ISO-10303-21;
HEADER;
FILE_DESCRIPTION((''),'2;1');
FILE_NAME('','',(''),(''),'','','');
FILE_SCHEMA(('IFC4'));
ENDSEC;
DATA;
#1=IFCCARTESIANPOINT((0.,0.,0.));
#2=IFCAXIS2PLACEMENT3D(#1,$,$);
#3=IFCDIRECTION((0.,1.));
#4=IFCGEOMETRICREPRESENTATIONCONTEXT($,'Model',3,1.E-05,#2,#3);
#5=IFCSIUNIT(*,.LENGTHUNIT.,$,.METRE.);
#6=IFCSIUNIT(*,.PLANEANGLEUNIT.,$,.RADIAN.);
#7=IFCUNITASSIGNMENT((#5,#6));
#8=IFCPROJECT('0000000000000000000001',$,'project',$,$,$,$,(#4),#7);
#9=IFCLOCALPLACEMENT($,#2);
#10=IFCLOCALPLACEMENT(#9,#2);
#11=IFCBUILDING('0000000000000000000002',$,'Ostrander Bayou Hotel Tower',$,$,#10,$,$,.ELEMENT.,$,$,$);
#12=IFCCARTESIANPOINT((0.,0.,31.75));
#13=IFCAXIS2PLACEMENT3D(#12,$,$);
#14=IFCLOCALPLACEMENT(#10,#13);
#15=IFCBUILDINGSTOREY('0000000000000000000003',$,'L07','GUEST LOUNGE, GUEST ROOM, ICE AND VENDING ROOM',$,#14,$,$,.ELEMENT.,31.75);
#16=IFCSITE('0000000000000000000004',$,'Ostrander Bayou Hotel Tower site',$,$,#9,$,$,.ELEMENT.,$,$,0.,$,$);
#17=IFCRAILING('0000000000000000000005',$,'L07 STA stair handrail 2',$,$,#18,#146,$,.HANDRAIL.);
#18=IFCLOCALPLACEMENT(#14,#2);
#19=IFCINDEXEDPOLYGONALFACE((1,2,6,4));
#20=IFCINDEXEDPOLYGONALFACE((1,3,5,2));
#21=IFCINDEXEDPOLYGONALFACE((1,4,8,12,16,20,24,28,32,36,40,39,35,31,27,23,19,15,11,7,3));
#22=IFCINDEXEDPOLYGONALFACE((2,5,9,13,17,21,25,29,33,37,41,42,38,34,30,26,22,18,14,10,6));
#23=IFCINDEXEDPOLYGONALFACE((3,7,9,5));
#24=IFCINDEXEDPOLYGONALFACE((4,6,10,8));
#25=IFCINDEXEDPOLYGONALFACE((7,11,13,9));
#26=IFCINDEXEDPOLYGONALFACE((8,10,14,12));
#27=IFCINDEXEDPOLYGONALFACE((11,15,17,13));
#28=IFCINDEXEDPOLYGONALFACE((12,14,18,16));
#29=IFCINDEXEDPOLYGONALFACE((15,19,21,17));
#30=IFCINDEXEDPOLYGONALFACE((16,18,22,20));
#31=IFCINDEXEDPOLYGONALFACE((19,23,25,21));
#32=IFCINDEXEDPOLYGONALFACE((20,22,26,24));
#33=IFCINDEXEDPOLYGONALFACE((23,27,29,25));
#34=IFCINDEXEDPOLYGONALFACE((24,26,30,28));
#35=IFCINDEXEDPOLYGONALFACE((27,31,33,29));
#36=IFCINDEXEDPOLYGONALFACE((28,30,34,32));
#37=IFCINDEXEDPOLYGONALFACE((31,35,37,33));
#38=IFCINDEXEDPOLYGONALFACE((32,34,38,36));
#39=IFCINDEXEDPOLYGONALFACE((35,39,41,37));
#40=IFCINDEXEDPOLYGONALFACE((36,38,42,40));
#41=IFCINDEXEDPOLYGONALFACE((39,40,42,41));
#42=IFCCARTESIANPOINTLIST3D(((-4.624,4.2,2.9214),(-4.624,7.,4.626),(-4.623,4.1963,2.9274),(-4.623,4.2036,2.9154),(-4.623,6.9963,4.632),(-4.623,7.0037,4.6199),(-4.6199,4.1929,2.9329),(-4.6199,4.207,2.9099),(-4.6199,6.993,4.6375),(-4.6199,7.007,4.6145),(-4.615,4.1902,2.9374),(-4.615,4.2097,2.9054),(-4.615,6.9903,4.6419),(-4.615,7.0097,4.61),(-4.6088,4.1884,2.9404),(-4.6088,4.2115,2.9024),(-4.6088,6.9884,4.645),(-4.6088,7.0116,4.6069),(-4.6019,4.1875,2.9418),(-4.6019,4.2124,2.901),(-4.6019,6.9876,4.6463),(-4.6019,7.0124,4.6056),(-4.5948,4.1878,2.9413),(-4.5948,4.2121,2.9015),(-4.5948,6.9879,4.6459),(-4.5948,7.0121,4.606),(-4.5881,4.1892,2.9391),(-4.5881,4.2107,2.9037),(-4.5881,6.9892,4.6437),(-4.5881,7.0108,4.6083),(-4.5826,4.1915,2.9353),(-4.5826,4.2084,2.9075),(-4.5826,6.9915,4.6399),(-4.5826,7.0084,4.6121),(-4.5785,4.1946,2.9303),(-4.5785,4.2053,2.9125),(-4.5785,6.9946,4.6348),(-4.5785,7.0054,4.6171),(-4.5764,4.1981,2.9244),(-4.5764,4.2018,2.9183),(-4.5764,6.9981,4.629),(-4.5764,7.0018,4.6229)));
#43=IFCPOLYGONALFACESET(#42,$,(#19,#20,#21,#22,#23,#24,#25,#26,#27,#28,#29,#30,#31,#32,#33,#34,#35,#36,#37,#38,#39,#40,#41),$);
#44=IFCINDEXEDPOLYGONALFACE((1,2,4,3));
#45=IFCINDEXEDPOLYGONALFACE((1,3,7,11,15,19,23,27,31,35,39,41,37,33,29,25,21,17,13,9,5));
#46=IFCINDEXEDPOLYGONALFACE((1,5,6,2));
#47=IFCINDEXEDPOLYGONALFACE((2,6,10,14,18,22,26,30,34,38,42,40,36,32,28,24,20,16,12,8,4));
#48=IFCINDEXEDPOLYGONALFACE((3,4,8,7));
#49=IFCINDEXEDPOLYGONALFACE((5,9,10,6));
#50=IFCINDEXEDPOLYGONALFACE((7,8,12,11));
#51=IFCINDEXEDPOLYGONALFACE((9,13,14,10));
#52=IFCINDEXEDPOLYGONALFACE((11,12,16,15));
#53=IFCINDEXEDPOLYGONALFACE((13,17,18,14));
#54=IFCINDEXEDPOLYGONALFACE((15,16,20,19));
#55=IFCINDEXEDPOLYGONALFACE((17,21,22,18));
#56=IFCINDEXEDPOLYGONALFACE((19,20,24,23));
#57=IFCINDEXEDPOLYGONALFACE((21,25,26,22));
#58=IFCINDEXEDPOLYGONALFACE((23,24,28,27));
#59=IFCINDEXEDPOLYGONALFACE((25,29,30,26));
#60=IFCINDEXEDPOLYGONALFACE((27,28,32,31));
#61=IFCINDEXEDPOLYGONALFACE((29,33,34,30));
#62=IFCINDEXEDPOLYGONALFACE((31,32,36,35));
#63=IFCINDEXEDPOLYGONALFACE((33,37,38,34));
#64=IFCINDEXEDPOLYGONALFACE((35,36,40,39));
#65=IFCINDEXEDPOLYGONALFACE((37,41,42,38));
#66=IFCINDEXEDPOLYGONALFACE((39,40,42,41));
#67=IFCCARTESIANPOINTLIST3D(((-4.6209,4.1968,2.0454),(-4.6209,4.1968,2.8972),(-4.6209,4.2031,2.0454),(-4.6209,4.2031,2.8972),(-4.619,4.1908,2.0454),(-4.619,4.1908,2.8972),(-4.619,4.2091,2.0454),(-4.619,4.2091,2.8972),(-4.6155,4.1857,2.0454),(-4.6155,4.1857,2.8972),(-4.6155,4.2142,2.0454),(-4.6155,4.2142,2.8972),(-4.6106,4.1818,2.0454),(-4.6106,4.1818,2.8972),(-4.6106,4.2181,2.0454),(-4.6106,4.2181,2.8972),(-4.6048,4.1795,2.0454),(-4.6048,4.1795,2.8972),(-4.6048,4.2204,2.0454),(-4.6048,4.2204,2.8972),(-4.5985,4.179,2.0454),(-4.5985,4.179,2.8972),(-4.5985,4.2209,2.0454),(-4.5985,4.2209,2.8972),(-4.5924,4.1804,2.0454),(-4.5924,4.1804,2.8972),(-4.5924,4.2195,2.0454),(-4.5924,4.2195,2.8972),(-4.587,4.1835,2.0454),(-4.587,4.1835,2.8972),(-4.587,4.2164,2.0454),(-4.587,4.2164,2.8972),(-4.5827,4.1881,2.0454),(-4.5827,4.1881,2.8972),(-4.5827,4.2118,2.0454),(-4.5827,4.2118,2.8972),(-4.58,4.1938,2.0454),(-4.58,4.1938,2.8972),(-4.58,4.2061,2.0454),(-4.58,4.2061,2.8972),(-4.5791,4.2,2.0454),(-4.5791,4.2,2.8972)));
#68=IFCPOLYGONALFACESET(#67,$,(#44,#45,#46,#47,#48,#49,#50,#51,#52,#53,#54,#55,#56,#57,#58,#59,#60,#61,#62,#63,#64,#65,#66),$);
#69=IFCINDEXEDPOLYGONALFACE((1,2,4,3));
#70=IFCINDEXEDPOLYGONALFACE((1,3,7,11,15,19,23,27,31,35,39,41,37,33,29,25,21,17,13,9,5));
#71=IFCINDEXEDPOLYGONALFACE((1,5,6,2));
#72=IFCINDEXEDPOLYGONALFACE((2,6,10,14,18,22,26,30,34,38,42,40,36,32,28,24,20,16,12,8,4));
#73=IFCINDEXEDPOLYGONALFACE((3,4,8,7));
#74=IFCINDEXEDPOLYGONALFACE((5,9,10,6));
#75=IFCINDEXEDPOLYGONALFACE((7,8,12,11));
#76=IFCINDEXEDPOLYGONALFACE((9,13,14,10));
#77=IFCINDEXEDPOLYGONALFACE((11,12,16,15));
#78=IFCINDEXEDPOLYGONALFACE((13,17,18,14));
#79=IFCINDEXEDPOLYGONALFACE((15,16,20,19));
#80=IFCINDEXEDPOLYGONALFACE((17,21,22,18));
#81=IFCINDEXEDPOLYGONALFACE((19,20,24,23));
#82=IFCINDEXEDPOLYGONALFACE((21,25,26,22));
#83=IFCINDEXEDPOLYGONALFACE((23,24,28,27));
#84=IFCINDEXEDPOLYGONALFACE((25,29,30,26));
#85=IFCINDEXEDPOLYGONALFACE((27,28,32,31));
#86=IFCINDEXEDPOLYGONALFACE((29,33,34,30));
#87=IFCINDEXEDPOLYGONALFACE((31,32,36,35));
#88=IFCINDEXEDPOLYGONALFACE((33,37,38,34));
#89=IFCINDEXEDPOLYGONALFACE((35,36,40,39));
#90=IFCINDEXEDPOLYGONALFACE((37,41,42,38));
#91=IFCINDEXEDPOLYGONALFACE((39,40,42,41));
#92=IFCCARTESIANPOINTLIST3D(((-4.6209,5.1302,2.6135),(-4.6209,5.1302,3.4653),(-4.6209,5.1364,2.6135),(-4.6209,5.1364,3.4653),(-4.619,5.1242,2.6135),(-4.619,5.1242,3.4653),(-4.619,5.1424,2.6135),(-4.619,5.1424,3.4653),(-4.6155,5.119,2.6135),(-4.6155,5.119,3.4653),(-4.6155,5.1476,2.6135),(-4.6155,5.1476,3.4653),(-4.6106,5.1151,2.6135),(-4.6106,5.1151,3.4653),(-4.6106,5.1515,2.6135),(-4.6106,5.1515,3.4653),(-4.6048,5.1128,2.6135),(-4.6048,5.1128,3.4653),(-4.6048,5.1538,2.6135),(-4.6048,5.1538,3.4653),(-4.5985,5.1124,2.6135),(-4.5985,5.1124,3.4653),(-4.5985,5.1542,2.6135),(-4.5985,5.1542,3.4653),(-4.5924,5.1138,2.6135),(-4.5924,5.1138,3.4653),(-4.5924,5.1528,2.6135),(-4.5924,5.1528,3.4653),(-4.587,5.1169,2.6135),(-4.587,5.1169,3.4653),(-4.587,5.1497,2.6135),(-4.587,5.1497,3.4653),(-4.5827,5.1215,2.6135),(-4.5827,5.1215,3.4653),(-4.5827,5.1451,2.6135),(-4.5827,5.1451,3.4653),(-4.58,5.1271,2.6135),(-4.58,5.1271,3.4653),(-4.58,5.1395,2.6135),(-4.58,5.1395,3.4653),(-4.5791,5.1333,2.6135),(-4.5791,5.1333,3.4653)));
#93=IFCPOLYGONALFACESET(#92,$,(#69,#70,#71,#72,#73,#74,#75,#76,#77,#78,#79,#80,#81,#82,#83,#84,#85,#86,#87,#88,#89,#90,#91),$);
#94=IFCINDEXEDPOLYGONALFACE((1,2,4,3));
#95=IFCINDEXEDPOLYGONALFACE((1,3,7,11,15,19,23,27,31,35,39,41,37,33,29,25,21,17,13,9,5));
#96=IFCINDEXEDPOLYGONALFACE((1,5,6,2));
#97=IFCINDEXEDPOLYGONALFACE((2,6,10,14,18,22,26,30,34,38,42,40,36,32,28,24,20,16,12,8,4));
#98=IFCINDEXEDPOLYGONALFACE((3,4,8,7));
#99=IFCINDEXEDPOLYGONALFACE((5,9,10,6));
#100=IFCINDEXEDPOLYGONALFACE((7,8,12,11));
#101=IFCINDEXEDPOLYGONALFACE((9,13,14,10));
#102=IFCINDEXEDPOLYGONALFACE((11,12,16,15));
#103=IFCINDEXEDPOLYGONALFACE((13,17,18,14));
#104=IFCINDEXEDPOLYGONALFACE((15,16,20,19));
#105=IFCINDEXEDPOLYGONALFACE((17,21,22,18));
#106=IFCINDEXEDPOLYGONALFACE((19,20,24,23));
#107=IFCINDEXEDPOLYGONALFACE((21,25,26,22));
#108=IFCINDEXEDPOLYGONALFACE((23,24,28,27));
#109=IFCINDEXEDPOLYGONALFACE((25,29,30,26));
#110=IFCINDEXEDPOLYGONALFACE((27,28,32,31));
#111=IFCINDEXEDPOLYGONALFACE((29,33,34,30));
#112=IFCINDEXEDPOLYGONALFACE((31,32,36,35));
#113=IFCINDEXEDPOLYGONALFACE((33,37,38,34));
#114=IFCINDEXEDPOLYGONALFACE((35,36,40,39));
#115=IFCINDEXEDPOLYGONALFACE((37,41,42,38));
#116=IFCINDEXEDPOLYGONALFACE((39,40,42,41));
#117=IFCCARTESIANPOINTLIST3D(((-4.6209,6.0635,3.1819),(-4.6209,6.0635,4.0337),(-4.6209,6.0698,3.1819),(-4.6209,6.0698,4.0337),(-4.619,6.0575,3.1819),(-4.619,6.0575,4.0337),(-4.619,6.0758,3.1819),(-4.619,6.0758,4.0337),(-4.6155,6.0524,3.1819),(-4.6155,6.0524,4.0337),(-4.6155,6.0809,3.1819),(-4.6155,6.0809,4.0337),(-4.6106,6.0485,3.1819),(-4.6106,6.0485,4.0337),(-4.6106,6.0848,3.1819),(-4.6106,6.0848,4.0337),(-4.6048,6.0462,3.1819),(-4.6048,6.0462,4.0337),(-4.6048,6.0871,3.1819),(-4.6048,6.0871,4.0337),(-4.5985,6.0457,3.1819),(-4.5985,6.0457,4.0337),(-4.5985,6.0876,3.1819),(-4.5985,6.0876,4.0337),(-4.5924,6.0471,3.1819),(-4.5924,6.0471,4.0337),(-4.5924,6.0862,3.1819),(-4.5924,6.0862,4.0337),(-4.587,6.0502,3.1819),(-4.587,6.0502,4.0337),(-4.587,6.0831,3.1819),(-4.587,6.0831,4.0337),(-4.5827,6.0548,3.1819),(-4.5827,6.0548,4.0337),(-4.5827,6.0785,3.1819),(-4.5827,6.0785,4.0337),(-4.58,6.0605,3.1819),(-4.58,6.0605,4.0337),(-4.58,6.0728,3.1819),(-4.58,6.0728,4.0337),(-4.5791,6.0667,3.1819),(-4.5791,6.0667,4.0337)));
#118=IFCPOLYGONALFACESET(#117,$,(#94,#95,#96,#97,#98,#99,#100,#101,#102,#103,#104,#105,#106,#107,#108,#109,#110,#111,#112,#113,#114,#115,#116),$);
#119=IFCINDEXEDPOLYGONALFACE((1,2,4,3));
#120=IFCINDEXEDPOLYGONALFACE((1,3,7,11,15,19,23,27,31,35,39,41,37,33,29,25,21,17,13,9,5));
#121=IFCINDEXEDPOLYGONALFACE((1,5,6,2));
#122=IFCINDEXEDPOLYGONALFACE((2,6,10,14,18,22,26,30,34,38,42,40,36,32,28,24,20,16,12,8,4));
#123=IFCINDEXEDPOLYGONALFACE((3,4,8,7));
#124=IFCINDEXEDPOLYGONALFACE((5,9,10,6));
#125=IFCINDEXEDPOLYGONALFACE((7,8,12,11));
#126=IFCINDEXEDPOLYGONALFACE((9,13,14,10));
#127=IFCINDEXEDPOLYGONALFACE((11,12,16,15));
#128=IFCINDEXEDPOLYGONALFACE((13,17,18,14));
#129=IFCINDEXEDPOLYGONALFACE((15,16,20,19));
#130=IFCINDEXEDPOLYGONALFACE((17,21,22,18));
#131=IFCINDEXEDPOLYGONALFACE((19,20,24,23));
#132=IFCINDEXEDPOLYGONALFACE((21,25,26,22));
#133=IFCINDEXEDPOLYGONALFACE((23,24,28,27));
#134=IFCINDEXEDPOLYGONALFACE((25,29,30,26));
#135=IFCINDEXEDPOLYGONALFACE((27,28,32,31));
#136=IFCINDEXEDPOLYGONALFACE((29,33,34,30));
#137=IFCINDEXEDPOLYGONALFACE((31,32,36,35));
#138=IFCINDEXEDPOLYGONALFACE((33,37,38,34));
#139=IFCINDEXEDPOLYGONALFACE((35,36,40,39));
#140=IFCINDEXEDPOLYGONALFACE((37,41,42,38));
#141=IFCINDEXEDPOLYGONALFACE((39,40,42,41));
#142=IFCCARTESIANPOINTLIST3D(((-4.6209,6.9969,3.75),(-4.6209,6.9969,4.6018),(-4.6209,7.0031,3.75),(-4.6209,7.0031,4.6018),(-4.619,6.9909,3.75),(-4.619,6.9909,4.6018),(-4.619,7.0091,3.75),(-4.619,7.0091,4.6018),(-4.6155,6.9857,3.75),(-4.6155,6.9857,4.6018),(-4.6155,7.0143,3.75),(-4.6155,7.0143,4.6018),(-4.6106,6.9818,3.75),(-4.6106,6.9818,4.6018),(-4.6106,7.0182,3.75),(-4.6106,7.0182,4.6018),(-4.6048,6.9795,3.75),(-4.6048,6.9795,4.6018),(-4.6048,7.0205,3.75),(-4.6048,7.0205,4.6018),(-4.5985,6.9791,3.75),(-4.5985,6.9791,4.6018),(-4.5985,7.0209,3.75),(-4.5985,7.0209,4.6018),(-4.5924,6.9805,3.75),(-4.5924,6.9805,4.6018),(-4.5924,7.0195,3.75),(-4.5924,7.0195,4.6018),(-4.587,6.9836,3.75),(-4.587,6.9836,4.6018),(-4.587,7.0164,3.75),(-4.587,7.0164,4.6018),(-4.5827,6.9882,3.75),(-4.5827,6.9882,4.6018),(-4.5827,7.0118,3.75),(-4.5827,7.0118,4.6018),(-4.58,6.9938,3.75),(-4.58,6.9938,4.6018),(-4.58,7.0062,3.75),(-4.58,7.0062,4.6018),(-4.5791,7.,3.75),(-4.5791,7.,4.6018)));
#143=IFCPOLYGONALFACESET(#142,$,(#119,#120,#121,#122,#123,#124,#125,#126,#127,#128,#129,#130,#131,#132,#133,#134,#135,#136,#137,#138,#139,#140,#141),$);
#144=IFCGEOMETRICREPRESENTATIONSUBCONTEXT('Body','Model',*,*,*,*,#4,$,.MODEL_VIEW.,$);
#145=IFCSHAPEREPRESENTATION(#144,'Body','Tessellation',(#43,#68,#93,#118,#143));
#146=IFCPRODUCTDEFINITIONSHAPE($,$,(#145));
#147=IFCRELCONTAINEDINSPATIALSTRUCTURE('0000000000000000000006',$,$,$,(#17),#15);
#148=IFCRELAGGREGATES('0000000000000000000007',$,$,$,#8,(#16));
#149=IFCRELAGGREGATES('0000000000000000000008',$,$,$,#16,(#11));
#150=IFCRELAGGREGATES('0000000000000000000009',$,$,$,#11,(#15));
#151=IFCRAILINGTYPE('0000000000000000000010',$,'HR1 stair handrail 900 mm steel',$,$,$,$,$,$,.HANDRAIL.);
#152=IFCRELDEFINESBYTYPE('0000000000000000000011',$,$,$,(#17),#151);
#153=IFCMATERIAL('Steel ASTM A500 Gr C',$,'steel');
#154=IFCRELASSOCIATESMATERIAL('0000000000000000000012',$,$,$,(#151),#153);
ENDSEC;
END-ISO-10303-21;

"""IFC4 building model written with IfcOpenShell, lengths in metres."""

from ifc_helpers import new_model, si_unit, direction, frame, origin, origin_2d, place, context, subcontext, project, spatial, circle, extrude, material, type_object, element, save


model = new_model("IFC4")

# Units and contexts
model_context = context("Model", 3, precision=1e-05, world=origin(), true_north=direction((0.0, 1.0)))
body_context = subcontext(model_context, "Body", "Model", "MODEL_VIEW")
ifc_project = project(units=[si_unit("LENGTHUNIT", "METRE"), si_unit("PLANEANGLEUNIT", "RADIAN")], contexts=[model_context])

# Site, building, storey
site_placement = place(None, origin())
site = spatial("IfcSite", under=ifc_project, at=site_placement, Name="Ostrander Bayou Hotel Tower site", CompositionType="ELEMENT", RefElevation=0.0)
building_placement = place(site_placement, origin())
building = spatial("IfcBuilding", under=site, at=building_placement, Name="Ostrander Bayou Hotel Tower", CompositionType="ELEMENT")
storey_placement = place(building_placement, frame((0.0, 0.0, 31.75)))
storey = spatial("IfcBuildingStorey", under=building, at=storey_placement, Name="L07", Description="GUEST LOUNGE, GUEST ROOM, ICE AND VENDING ROOM", CompositionType="ELEMENT", Elevation=31.75)

# Railing
ifc_material_1 = material(Name="Steel ASTM A500 Gr C", Category="steel")
railing_type_1 = type_object("IfcRailingType", Name="HR1 stair handrail 900 mm steel", PredefinedType="HANDRAIL", material=ifc_material_1)
railing_1_placement = place(storey_placement, frame((-4.6001, 4.2, 2.0454)))
element("IfcRailing", 1, at=railing_1_placement, inside=storey, type_object=railing_type_1, Name="L07 STA stair handrail 2", PredefinedType="HANDRAIL", context=body_context, shape_type="SweptSolid", body=[
    extrude(circle(Radius=0.0239, at=origin_2d()), frame((0.0, 0.0, 0.876), z_axis=(0.0, 0.85417, 0.519994), x_axis=(-1.0, 0.0, 0.0)), (0.0, 0.0, 1.0), 3.2781),
    extrude(circle(Radius=0.021, at=origin_2d()), origin(), (0.0, 0.0, 1.0), 0.8518),
    extrude(circle(Radius=0.021, at=origin_2d()), frame((0.0, 0.9333, 0.5681)), (0.0, 0.0, 1.0), 0.8518),
    extrude(circle(Radius=0.021, at=origin_2d()), frame((0.0, 1.8667, 1.1365)), (0.0, 0.0, 1.0), 0.8518),
    extrude(circle(Radius=0.021, at=origin_2d()), frame((0.0, 2.8, 1.7046)), (0.0, 0.0, 1.0), 0.8518),
])

save(model, "model.ifc")
